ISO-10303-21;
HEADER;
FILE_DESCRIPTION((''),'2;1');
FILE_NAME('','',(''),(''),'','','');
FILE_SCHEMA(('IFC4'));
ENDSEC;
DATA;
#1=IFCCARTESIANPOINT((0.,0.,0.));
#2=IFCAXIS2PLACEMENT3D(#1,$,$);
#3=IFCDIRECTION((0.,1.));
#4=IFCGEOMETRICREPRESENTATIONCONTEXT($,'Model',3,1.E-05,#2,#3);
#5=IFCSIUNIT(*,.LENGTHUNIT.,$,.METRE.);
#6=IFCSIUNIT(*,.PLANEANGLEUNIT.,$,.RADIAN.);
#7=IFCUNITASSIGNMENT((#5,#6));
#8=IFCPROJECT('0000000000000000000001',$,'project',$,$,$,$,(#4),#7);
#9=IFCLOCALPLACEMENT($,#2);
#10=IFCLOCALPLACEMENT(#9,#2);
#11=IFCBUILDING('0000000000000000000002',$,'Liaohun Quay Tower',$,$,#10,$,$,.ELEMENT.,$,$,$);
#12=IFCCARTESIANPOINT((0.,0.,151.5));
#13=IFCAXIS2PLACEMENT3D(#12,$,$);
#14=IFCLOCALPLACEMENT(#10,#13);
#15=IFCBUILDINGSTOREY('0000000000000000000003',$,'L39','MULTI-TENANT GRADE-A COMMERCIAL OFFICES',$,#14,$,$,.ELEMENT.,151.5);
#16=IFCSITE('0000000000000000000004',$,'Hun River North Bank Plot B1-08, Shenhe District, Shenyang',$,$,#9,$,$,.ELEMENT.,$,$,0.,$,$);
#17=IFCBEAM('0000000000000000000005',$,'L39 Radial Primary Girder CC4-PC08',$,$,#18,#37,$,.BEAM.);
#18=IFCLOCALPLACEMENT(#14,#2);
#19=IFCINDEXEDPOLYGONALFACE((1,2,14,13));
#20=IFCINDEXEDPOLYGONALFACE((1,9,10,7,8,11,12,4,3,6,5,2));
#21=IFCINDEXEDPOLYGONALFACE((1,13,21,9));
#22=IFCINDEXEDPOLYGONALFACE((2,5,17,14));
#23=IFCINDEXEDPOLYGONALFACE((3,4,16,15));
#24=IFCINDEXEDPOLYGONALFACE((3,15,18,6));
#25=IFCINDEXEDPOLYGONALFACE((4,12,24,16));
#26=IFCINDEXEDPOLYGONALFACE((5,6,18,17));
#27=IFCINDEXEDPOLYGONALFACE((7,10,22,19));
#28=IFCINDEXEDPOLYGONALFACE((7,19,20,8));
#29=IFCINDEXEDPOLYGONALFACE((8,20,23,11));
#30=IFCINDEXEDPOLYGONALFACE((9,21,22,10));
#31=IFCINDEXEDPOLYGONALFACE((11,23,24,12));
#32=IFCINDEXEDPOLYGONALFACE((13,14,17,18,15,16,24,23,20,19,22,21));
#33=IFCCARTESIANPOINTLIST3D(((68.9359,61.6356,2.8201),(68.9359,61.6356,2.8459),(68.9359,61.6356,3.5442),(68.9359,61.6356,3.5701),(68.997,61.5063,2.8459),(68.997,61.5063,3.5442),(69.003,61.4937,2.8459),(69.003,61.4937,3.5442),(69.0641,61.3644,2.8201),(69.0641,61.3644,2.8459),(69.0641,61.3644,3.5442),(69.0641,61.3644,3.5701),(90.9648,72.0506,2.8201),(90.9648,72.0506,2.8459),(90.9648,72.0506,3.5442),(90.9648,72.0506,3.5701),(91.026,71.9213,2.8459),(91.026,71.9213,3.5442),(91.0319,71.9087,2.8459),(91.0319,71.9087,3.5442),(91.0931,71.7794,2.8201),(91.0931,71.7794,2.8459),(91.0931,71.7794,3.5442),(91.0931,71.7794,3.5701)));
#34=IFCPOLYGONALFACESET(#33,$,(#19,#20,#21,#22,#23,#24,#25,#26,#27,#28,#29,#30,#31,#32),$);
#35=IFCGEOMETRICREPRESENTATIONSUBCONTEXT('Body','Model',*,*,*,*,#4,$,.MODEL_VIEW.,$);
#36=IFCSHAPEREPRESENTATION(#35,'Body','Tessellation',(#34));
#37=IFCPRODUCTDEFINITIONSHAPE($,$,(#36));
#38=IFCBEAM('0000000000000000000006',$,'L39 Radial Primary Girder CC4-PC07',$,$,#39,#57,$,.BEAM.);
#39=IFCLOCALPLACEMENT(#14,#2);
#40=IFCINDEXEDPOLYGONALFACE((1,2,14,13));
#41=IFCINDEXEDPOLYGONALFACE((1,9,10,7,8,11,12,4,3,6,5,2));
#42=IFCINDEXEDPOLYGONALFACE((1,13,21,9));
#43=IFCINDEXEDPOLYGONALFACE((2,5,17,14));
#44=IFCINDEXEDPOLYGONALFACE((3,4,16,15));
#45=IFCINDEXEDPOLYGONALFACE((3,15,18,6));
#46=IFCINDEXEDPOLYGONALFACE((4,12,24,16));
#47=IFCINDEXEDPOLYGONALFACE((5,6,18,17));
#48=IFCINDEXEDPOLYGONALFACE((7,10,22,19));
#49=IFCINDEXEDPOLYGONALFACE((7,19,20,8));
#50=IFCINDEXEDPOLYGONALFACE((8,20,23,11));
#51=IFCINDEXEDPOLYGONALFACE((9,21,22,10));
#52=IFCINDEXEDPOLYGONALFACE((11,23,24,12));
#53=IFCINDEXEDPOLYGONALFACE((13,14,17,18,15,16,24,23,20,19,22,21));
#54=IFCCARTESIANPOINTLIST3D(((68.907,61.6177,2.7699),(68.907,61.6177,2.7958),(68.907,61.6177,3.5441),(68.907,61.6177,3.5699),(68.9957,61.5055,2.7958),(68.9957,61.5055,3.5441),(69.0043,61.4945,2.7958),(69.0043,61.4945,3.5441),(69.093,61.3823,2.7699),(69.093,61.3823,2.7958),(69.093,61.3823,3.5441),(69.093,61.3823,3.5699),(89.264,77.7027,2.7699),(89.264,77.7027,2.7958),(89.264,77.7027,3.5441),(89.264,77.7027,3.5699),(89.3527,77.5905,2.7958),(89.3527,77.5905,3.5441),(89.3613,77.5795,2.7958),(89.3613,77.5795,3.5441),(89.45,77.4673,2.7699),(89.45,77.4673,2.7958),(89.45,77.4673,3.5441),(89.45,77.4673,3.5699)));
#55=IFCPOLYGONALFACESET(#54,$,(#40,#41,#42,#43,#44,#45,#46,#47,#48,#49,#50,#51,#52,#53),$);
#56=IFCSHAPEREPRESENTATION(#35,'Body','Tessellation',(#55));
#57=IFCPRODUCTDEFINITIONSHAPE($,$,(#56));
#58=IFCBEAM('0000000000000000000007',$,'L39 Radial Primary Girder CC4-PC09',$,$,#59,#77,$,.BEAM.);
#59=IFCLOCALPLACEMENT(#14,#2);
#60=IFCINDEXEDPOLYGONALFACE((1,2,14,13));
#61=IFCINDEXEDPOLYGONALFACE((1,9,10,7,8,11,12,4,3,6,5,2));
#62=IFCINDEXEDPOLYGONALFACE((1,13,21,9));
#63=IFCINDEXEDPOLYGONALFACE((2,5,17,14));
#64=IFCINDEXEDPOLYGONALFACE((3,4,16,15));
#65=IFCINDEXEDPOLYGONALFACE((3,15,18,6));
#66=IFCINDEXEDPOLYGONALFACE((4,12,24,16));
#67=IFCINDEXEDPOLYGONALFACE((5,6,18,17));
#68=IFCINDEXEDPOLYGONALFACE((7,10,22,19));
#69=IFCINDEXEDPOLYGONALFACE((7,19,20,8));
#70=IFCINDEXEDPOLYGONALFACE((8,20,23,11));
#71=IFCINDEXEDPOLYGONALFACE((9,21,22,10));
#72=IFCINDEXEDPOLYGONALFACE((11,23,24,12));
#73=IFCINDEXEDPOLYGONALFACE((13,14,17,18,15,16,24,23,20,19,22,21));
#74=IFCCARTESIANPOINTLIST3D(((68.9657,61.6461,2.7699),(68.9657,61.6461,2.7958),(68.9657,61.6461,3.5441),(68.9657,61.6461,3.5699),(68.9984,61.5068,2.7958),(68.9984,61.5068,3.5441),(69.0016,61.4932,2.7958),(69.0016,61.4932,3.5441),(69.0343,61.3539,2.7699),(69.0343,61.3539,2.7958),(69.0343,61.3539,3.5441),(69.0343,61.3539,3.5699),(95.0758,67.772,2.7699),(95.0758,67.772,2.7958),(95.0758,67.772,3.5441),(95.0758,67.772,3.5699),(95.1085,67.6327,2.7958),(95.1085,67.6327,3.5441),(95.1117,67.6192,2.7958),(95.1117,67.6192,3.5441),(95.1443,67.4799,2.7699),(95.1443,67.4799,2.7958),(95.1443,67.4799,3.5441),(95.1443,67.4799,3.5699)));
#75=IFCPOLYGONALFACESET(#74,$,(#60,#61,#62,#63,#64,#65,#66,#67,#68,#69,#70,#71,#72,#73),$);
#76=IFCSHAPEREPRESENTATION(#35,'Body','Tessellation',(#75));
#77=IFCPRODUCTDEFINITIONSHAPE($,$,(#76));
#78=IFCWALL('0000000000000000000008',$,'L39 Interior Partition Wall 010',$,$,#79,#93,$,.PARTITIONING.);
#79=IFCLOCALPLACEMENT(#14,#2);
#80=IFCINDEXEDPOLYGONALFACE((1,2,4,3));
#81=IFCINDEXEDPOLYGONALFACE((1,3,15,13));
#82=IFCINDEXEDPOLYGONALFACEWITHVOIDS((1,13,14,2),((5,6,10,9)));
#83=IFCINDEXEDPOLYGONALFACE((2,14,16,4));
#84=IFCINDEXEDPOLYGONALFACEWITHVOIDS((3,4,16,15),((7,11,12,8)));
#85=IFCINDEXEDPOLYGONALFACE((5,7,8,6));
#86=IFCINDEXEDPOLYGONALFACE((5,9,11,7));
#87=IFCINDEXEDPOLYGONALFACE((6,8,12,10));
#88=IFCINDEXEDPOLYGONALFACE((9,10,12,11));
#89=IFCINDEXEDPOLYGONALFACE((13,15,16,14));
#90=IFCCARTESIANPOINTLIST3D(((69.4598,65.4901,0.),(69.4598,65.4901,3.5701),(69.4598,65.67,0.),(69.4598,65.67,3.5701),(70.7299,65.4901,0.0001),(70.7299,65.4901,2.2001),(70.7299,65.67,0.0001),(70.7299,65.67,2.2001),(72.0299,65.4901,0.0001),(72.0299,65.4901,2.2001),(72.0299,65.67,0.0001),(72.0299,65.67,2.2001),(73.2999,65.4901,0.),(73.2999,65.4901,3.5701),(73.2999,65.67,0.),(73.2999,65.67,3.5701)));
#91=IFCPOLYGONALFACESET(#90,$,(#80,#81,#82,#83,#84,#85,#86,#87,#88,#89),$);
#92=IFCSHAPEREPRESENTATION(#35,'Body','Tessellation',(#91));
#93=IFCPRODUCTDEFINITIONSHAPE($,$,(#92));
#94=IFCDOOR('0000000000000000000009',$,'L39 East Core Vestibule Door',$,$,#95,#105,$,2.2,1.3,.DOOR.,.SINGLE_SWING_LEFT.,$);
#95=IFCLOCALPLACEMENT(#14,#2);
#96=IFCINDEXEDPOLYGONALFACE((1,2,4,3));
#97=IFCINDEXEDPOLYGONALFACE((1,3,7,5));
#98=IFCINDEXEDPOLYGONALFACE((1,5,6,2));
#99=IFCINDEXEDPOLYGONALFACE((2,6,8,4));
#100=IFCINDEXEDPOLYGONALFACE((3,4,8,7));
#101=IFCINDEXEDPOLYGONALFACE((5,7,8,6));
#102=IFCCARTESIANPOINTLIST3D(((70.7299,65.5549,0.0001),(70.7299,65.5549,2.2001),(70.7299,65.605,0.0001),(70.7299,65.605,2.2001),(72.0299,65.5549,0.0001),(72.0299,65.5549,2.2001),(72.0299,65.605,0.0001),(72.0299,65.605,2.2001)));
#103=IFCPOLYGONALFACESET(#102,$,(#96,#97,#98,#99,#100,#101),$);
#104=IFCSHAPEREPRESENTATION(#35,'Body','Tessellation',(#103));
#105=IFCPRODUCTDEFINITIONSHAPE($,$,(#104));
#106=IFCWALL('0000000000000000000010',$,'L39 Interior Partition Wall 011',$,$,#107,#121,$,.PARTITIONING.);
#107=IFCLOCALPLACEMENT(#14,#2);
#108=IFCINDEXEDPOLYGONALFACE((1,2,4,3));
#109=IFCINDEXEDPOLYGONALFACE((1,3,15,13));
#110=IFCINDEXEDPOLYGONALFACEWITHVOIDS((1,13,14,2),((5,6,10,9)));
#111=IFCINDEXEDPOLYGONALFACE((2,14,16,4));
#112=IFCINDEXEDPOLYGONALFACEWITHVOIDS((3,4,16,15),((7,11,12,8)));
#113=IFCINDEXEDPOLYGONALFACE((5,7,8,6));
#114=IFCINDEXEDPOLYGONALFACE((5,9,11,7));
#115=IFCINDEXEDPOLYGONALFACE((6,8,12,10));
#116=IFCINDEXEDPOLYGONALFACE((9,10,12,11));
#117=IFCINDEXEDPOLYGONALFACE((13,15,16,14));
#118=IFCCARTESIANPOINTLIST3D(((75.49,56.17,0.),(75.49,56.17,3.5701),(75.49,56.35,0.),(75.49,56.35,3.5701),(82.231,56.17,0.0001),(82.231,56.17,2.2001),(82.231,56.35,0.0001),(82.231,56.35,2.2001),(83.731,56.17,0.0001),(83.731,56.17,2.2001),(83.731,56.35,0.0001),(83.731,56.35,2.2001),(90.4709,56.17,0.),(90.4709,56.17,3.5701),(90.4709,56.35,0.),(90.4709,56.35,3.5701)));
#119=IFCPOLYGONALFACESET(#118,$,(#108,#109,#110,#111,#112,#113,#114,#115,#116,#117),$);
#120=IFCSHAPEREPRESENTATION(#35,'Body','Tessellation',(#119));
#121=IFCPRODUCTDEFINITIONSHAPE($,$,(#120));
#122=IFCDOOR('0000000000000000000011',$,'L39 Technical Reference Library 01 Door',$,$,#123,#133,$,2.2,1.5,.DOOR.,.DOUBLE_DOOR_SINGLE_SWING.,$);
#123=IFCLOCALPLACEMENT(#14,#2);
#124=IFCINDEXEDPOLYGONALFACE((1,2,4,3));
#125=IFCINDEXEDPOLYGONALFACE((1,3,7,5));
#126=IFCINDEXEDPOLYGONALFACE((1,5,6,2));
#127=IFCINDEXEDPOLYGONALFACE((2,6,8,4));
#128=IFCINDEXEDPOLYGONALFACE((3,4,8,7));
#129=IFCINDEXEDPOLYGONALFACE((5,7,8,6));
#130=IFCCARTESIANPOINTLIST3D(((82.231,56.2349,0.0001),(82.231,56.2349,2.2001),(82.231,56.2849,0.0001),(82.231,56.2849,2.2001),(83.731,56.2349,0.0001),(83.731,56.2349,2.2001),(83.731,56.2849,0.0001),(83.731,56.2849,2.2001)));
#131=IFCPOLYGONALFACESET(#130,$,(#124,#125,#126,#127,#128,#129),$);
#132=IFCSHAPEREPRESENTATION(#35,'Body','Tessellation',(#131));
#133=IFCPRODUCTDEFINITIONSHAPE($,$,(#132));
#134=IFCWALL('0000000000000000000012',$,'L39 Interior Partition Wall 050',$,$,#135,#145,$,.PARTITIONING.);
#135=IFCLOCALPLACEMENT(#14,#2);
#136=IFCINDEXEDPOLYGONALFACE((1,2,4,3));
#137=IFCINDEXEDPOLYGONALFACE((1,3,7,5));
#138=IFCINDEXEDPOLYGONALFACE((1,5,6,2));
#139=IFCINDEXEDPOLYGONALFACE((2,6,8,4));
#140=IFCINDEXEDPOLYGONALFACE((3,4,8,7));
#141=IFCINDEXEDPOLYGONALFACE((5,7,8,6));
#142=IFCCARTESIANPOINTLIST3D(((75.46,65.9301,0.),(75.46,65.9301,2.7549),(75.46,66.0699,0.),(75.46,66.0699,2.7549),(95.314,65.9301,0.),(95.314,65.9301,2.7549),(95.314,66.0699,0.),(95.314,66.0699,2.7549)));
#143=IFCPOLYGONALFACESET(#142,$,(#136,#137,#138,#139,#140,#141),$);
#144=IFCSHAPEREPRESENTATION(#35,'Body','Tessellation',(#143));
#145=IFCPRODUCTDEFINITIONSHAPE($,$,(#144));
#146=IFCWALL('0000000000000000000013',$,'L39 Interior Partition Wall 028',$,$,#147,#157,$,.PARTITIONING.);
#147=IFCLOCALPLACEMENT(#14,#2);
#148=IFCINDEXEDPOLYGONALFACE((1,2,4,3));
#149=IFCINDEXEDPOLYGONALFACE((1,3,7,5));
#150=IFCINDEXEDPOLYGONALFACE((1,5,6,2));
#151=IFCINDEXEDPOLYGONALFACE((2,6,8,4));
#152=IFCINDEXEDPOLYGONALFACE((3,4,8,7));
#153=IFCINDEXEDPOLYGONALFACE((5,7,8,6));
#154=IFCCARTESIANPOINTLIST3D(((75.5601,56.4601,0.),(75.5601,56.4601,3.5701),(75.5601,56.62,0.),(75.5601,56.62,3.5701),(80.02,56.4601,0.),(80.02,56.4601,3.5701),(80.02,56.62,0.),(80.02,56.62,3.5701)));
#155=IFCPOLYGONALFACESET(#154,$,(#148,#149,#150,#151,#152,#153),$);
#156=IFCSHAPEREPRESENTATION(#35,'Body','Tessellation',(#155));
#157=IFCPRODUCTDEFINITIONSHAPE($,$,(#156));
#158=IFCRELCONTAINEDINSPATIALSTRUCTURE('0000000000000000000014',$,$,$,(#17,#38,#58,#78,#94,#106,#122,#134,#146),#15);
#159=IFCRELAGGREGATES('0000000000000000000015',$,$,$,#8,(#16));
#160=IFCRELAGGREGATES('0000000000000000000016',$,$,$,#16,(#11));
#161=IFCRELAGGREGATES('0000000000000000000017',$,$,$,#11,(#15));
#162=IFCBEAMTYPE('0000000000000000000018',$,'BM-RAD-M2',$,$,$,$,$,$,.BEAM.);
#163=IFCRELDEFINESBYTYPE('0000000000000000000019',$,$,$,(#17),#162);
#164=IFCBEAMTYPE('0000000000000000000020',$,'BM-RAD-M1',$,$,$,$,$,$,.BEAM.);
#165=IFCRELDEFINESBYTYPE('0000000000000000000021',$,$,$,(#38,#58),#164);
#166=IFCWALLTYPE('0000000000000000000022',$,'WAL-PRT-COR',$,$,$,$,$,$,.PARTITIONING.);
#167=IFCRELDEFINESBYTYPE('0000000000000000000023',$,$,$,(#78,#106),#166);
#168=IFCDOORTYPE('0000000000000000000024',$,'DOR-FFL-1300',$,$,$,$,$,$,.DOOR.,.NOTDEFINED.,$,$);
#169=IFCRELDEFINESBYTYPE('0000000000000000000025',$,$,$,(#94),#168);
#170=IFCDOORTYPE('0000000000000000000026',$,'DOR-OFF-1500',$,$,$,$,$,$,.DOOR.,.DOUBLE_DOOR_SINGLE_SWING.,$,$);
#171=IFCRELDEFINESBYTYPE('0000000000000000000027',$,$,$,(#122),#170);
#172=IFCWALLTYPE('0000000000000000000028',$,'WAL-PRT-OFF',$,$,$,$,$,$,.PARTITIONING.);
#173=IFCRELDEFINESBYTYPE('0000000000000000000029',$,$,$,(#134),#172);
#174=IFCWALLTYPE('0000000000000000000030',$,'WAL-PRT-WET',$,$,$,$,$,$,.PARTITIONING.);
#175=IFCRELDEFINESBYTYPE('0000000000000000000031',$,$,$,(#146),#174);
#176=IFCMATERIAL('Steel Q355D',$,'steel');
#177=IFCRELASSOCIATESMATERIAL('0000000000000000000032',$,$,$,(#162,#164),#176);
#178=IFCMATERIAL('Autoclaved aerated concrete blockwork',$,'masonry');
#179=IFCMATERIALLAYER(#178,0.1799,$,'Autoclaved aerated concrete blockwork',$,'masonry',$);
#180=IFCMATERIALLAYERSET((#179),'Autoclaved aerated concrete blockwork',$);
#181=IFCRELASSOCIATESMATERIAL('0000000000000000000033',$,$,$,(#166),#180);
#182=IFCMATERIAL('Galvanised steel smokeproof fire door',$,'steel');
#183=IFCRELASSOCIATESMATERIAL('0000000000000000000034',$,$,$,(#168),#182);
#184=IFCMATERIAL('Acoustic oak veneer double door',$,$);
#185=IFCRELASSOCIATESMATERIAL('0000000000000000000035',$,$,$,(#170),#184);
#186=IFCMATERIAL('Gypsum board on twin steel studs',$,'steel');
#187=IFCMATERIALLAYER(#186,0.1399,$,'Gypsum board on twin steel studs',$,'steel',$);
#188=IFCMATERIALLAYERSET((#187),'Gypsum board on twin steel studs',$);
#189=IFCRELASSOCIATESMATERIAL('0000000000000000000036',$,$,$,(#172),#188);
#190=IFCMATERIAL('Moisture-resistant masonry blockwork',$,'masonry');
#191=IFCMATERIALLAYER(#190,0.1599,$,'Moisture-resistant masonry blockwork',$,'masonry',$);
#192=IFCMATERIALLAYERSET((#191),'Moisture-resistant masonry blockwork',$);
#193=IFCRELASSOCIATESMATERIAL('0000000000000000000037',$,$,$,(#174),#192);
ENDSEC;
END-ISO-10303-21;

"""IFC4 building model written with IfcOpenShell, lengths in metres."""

from ifc_helpers import new_model, si_unit, direction, frame, frame_2d, origin, origin_2d, place, context, subcontext, project, spatial, rectangle, i_section, extrude, source, transform, mapped, material, layer, layer_set, material_profile, profile_set, type_object, element, fill, save


model = new_model("IFC4")

# Units and contexts
model_context = context("Model", 3, precision=1e-05, world=origin(), true_north=direction((0.0, 1.0)))
body_context = subcontext(model_context, "Body", "Model", "MODEL_VIEW")
ifc_project = project(units=[si_unit("LENGTHUNIT", "METRE"), si_unit("PLANEANGLEUNIT", "RADIAN")], contexts=[model_context])

# Site, building, storey
site_placement = place(None, origin())
site = spatial("IfcSite", under=ifc_project, at=site_placement, Name="Hun River North Bank Plot B1-08, Shenhe District, Shenyang", CompositionType="ELEMENT", RefElevation=0.0)
building_placement = place(site_placement, origin())
building = spatial("IfcBuilding", under=site, at=building_placement, Name="Liaohun Quay Tower", CompositionType="ELEMENT")
storey_placement = place(building_placement, frame((0.0, 0.0, 151.5)))
storey = spatial("IfcBuildingStorey", under=building, at=storey_placement, Name="L39", Description="MULTI-TENANT GRADE-A COMMERCIAL OFFICES", CompositionType="ELEMENT", Elevation=151.5)

# Beams
ifc_material_1 = material(Name="Steel Q355D", Category="steel")
ifc_material_profile_1 = material_profile(ifc_material_1, i_section(OverallWidth=0.3, OverallDepth=0.75, WebThickness=0.0139, FlangeThickness=0.0259, at=origin_2d()), Name="HN750x300x14x26")
ifc_profile_set_1 = profile_set([ifc_material_profile_1], Name="Steel Q355D")
beam_type_1 = type_object("IfcBeamType", Name="BM-RAD-M2", PredefinedType="BEAM", material=ifc_profile_set_1)
shared_shape_1 = source(origin(), body_context, "Body", "SweptSolid", [
    extrude(i_section(OverallWidth=0.3, OverallDepth=0.75, WebThickness=0.0139, FlangeThickness=0.0259, at=origin_2d()), origin(), (0.0, 0.0, 1.0), 24.3669),
])
beam_1_placement = place(storey_placement, frame((69.0, 61.5, 3.1951), z_axis=(0.904052, 0.427423, 0.0), x_axis=(-0.427423, 0.904052, 0.0)))
element("IfcBeam", 1, at=beam_1_placement, inside=storey, type_object=beam_type_1, Name="L39 Radial Primary Girder CC4-PC08", PredefinedType="BEAM", context=body_context, shape_type="MappedRepresentation", body=[
    mapped(shared_shape_1, transform((0.0, 0.0, 0.0), x_axis=(1.0, 0.0, 0.0), y_axis=(0.0, 1.0, 0.0), z_axis=(0.0, 0.0, 1.0), scale=1.0)),
])
ifc_material_profile_2 = material_profile(ifc_material_1, i_section(OverallWidth=0.3, OverallDepth=0.8, WebThickness=0.0139, FlangeThickness=0.0259, at=origin_2d()), Name="HN800x300x14x26")
ifc_profile_set_2 = profile_set([ifc_material_profile_2], Name="Steel Q355D")
beam_type_2 = type_object("IfcBeamType", Name="BM-RAD-M1", PredefinedType="BEAM", material=ifc_profile_set_2)
shared_shape_2 = source(origin(), body_context, "Body", "SweptSolid", [
    extrude(i_section(OverallWidth=0.3, OverallDepth=0.8, WebThickness=0.0139, FlangeThickness=0.0259, at=origin_2d()), origin(), (0.0, 0.0, 1.0), 25.9448),
])
beam_2_placement = place(storey_placement, frame((69.0, 61.5, 3.1699), z_axis=(0.784626, 0.619969, 0.0), x_axis=(-0.619969, 0.784626, 0.0)))
element("IfcBeam", 2, at=beam_2_placement, inside=storey, type_object=beam_type_2, Name="L39 Radial Primary Girder CC4-PC07", PredefinedType="BEAM", context=body_context, shape_type="MappedRepresentation", body=[
    mapped(shared_shape_2, transform((0.0, 0.0, 0.0), x_axis=(1.0, 0.0, 0.0), y_axis=(0.0, 1.0, 0.0), z_axis=(0.0, 0.0, 1.0), scale=1.0)),
])
shared_shape_3 = source(origin(), body_context, "Body", "SweptSolid", [
    extrude(i_section(OverallWidth=0.3, OverallDepth=0.8, WebThickness=0.0139, FlangeThickness=0.0259, at=origin_2d()), origin(), (0.0, 0.0, 1.0), 26.8191),
])
beam_3_placement = place(storey_placement, frame((69.0, 61.5, 3.1699), z_axis=(0.973563, 0.228418, 0.0), x_axis=(-0.228418, 0.973563, 0.0)))
element("IfcBeam", 3, at=beam_3_placement, inside=storey, type_object=beam_type_2, Name="L39 Radial Primary Girder CC4-PC09", PredefinedType="BEAM", context=body_context, shape_type="MappedRepresentation", body=[
    mapped(shared_shape_3, transform((0.0, 0.0, 0.0), x_axis=(1.0, 0.0, 0.0), y_axis=(0.0, 1.0, 0.0), z_axis=(0.0, 0.0, 1.0), scale=1.0)),
])

# Walls, openings, doors
ifc_material_2 = material(Name="Autoclaved aerated concrete blockwork", Category="masonry")
ifc_layer_1 = layer(ifc_material_2, 0.1799, Name="Autoclaved aerated concrete blockwork", Category="masonry")
ifc_layer_set_1 = layer_set([ifc_layer_1], Name="Autoclaved aerated concrete blockwork")
wall_type_1 = type_object("IfcWallType", Name="WAL-PRT-COR", PredefinedType="PARTITIONING", material=ifc_layer_set_1)
wall_1_placement = place(storey_placement, frame((69.46, 65.5801, 0.0), z_axis=(0.0, 0.0, 1.0), x_axis=(1.0, 0.0, 0.0)))
wall_1 = element("IfcWall", 4, at=wall_1_placement, inside=storey, type_object=wall_type_1, Name="L39 Interior Partition Wall 010", PredefinedType="PARTITIONING", context=body_context, shape_type="SweptSolid", body=[
    extrude(rectangle(XDim=3.8401, YDim=0.1799, at=frame_2d((1.9199, 0.0))), origin(), (0.0, 0.0, 1.0), 3.5701),
])
shared_shape_4 = source(origin(), body_context, "Body", "SweptSolid", [
    extrude(rectangle(XDim=1.3, YDim=2.2, at=frame_2d((0.6499, 1.1001))), frame((0.0, 0.0999, 0.0), z_axis=(0.0, -1.0, 0.0), x_axis=(1.0, 0.0, 0.0)), (0.0, 0.0, 1.0), 0.2),
])
opening_1_placement = place(wall_1_placement, frame((1.27, 0.0, 0.0)))
opening_1 = element("IfcOpeningElement", 5, at=opening_1_placement, cuts=wall_1, PredefinedType="OPENING", context=body_context, shape_type="MappedRepresentation", body=[
    mapped(shared_shape_4, transform((0.0, 0.0, 0.0), x_axis=(1.0, 0.0, 0.0), y_axis=(0.0, 1.0, 0.0), z_axis=(0.0, 0.0, 1.0), scale=1.0)),
])
ifc_material_3 = material(Name="Galvanised steel smokeproof fire door", Category="steel")
door_type_1 = type_object("IfcDoorType", Name="DOR-FFL-1300", OperationType="NOTDEFINED", PredefinedType="DOOR", material=ifc_material_3)
shared_shape_5 = source(origin(), body_context, "Body", "SweptSolid", [
    extrude(rectangle(XDim=1.3, YDim=2.2, at=frame_2d((0.6499, 1.1001))), frame((0.0, 0.0249, 0.0), z_axis=(0.0, -1.0, 0.0), x_axis=(1.0, 0.0, 0.0)), (0.0, 0.0, 1.0), 0.05),
])
door_1_placement = place(opening_1_placement, origin())
door_1 = element("IfcDoor", 6, at=door_1_placement, inside=storey, type_object=door_type_1, Name="L39 East Core Vestibule Door", OperationType="SINGLE_SWING_LEFT", OverallHeight=2.2, OverallWidth=1.3, PredefinedType="DOOR", context=body_context, shape_type="MappedRepresentation", body=[
    mapped(shared_shape_5, transform((0.0, 0.0, 0.0), x_axis=(1.0, 0.0, 0.0), y_axis=(0.0, 1.0, 0.0), z_axis=(0.0, 0.0, 1.0), scale=1.0)),
])
fill(opening_1, door_1)
wall_2_placement = place(storey_placement, frame((75.49, 56.26, 0.0), z_axis=(0.0, 0.0, 1.0), x_axis=(1.0, 0.0, 0.0)))
wall_2 = element("IfcWall", 7, at=wall_2_placement, inside=storey, type_object=wall_type_1, Name="L39 Interior Partition Wall 011", PredefinedType="PARTITIONING", context=body_context, shape_type="SweptSolid", body=[
    extrude(rectangle(XDim=14.981, YDim=0.1799, at=frame_2d((7.4905, 0.0))), origin(), (0.0, 0.0, 1.0), 3.5701),
])
shared_shape_6 = source(origin(), body_context, "Body", "SweptSolid", [
    extrude(rectangle(XDim=1.5, YDim=2.2, at=frame_2d((0.75, 1.1001))), frame((0.0, 0.0999, 0.0), z_axis=(0.0, -1.0, 0.0), x_axis=(1.0, 0.0, 0.0)), (0.0, 0.0, 1.0), 0.2),
])
opening_2_placement = place(wall_2_placement, frame((6.741, 0.0, 0.0)))
opening_2 = element("IfcOpeningElement", 8, at=opening_2_placement, cuts=wall_2, PredefinedType="OPENING", context=body_context, shape_type="MappedRepresentation", body=[
    mapped(shared_shape_6, transform((0.0, 0.0, 0.0), x_axis=(1.0, 0.0, 0.0), y_axis=(0.0, 1.0, 0.0), z_axis=(0.0, 0.0, 1.0), scale=1.0)),
])
ifc_material_4 = material(Name="Acoustic oak veneer double door")
door_type_2 = type_object("IfcDoorType", Name="DOR-OFF-1500", OperationType="DOUBLE_DOOR_SINGLE_SWING", PredefinedType="DOOR", material=ifc_material_4)
shared_shape_7 = source(origin(), body_context, "Body", "SweptSolid", [
    extrude(rectangle(XDim=1.5, YDim=2.2, at=frame_2d((0.75, 1.1001))), frame((0.0, 0.0249, 0.0), z_axis=(0.0, -1.0, 0.0), x_axis=(1.0, 0.0, 0.0)), (0.0, 0.0, 1.0), 0.05),
])
door_2_placement = place(opening_2_placement, origin())
door_2 = element("IfcDoor", 9, at=door_2_placement, inside=storey, type_object=door_type_2, Name="L39 Technical Reference Library 01 Door", OperationType="DOUBLE_DOOR_SINGLE_SWING", OverallHeight=2.2, OverallWidth=1.5, PredefinedType="DOOR", context=body_context, shape_type="MappedRepresentation", body=[
    mapped(shared_shape_7, transform((0.0, 0.0, 0.0), x_axis=(1.0, 0.0, 0.0), y_axis=(0.0, 1.0, 0.0), z_axis=(0.0, 0.0, 1.0), scale=1.0)),
])
fill(opening_2, door_2)

# Wall
ifc_material_5 = material(Name="Gypsum board on twin steel studs", Category="steel")
ifc_layer_2 = layer(ifc_material_5, 0.1399, Name="Gypsum board on twin steel studs", Category="steel")
ifc_layer_set_2 = layer_set([ifc_layer_2], Name="Gypsum board on twin steel studs")
wall_type_2 = type_object("IfcWallType", Name="WAL-PRT-OFF", PredefinedType="PARTITIONING", material=ifc_layer_set_2)
wall_3_placement = place(storey_placement, frame((75.46, 66.0, 0.0), z_axis=(0.0, 0.0, 1.0), x_axis=(1.0, 0.0, 0.0)))
element("IfcWall", 10, at=wall_3_placement, inside=storey, type_object=wall_type_2, Name="L39 Interior Partition Wall 050", PredefinedType="PARTITIONING", context=body_context, shape_type="SweptSolid", body=[
    extrude(rectangle(XDim=19.854, YDim=0.1399, at=frame_2d((9.927, 0.0))), origin(), (0.0, 0.0, 1.0), 2.7549),
])

# Shared definitions
ifc_material_6 = material(Name="Moisture-resistant masonry blockwork", Category="masonry")
ifc_layer_3 = layer(ifc_material_6, 0.1599, Name="Moisture-resistant masonry blockwork", Category="masonry")
ifc_layer_set_3 = layer_set([ifc_layer_3], Name="Moisture-resistant masonry blockwork")
wall_type_3 = type_object("IfcWallType", Name="WAL-PRT-WET", PredefinedType="PARTITIONING", material=ifc_layer_set_3)

# Wall
for number, where, z_axis, x_axis, name in (
    (11, (75.5601, 56.54, 0.0), (0.0, 0.0, 1.0), (1.0, 0.0, 0.0), "L39 Interior Partition Wall 028"),
):
    element("IfcWall", number, at=place(storey_placement, frame(where, z_axis=z_axis, x_axis=x_axis)), inside=storey, type_object=wall_type_3, Name=name, PredefinedType="PARTITIONING", context=body_context, shape_type="SweptSolid", body=[
        extrude(rectangle(XDim=4.46, YDim=0.1599, at=frame_2d((2.23, 0.0))), origin(), (0.0, 0.0, 1.0), 3.5701),
    ])

save(model, "model.ifc")
